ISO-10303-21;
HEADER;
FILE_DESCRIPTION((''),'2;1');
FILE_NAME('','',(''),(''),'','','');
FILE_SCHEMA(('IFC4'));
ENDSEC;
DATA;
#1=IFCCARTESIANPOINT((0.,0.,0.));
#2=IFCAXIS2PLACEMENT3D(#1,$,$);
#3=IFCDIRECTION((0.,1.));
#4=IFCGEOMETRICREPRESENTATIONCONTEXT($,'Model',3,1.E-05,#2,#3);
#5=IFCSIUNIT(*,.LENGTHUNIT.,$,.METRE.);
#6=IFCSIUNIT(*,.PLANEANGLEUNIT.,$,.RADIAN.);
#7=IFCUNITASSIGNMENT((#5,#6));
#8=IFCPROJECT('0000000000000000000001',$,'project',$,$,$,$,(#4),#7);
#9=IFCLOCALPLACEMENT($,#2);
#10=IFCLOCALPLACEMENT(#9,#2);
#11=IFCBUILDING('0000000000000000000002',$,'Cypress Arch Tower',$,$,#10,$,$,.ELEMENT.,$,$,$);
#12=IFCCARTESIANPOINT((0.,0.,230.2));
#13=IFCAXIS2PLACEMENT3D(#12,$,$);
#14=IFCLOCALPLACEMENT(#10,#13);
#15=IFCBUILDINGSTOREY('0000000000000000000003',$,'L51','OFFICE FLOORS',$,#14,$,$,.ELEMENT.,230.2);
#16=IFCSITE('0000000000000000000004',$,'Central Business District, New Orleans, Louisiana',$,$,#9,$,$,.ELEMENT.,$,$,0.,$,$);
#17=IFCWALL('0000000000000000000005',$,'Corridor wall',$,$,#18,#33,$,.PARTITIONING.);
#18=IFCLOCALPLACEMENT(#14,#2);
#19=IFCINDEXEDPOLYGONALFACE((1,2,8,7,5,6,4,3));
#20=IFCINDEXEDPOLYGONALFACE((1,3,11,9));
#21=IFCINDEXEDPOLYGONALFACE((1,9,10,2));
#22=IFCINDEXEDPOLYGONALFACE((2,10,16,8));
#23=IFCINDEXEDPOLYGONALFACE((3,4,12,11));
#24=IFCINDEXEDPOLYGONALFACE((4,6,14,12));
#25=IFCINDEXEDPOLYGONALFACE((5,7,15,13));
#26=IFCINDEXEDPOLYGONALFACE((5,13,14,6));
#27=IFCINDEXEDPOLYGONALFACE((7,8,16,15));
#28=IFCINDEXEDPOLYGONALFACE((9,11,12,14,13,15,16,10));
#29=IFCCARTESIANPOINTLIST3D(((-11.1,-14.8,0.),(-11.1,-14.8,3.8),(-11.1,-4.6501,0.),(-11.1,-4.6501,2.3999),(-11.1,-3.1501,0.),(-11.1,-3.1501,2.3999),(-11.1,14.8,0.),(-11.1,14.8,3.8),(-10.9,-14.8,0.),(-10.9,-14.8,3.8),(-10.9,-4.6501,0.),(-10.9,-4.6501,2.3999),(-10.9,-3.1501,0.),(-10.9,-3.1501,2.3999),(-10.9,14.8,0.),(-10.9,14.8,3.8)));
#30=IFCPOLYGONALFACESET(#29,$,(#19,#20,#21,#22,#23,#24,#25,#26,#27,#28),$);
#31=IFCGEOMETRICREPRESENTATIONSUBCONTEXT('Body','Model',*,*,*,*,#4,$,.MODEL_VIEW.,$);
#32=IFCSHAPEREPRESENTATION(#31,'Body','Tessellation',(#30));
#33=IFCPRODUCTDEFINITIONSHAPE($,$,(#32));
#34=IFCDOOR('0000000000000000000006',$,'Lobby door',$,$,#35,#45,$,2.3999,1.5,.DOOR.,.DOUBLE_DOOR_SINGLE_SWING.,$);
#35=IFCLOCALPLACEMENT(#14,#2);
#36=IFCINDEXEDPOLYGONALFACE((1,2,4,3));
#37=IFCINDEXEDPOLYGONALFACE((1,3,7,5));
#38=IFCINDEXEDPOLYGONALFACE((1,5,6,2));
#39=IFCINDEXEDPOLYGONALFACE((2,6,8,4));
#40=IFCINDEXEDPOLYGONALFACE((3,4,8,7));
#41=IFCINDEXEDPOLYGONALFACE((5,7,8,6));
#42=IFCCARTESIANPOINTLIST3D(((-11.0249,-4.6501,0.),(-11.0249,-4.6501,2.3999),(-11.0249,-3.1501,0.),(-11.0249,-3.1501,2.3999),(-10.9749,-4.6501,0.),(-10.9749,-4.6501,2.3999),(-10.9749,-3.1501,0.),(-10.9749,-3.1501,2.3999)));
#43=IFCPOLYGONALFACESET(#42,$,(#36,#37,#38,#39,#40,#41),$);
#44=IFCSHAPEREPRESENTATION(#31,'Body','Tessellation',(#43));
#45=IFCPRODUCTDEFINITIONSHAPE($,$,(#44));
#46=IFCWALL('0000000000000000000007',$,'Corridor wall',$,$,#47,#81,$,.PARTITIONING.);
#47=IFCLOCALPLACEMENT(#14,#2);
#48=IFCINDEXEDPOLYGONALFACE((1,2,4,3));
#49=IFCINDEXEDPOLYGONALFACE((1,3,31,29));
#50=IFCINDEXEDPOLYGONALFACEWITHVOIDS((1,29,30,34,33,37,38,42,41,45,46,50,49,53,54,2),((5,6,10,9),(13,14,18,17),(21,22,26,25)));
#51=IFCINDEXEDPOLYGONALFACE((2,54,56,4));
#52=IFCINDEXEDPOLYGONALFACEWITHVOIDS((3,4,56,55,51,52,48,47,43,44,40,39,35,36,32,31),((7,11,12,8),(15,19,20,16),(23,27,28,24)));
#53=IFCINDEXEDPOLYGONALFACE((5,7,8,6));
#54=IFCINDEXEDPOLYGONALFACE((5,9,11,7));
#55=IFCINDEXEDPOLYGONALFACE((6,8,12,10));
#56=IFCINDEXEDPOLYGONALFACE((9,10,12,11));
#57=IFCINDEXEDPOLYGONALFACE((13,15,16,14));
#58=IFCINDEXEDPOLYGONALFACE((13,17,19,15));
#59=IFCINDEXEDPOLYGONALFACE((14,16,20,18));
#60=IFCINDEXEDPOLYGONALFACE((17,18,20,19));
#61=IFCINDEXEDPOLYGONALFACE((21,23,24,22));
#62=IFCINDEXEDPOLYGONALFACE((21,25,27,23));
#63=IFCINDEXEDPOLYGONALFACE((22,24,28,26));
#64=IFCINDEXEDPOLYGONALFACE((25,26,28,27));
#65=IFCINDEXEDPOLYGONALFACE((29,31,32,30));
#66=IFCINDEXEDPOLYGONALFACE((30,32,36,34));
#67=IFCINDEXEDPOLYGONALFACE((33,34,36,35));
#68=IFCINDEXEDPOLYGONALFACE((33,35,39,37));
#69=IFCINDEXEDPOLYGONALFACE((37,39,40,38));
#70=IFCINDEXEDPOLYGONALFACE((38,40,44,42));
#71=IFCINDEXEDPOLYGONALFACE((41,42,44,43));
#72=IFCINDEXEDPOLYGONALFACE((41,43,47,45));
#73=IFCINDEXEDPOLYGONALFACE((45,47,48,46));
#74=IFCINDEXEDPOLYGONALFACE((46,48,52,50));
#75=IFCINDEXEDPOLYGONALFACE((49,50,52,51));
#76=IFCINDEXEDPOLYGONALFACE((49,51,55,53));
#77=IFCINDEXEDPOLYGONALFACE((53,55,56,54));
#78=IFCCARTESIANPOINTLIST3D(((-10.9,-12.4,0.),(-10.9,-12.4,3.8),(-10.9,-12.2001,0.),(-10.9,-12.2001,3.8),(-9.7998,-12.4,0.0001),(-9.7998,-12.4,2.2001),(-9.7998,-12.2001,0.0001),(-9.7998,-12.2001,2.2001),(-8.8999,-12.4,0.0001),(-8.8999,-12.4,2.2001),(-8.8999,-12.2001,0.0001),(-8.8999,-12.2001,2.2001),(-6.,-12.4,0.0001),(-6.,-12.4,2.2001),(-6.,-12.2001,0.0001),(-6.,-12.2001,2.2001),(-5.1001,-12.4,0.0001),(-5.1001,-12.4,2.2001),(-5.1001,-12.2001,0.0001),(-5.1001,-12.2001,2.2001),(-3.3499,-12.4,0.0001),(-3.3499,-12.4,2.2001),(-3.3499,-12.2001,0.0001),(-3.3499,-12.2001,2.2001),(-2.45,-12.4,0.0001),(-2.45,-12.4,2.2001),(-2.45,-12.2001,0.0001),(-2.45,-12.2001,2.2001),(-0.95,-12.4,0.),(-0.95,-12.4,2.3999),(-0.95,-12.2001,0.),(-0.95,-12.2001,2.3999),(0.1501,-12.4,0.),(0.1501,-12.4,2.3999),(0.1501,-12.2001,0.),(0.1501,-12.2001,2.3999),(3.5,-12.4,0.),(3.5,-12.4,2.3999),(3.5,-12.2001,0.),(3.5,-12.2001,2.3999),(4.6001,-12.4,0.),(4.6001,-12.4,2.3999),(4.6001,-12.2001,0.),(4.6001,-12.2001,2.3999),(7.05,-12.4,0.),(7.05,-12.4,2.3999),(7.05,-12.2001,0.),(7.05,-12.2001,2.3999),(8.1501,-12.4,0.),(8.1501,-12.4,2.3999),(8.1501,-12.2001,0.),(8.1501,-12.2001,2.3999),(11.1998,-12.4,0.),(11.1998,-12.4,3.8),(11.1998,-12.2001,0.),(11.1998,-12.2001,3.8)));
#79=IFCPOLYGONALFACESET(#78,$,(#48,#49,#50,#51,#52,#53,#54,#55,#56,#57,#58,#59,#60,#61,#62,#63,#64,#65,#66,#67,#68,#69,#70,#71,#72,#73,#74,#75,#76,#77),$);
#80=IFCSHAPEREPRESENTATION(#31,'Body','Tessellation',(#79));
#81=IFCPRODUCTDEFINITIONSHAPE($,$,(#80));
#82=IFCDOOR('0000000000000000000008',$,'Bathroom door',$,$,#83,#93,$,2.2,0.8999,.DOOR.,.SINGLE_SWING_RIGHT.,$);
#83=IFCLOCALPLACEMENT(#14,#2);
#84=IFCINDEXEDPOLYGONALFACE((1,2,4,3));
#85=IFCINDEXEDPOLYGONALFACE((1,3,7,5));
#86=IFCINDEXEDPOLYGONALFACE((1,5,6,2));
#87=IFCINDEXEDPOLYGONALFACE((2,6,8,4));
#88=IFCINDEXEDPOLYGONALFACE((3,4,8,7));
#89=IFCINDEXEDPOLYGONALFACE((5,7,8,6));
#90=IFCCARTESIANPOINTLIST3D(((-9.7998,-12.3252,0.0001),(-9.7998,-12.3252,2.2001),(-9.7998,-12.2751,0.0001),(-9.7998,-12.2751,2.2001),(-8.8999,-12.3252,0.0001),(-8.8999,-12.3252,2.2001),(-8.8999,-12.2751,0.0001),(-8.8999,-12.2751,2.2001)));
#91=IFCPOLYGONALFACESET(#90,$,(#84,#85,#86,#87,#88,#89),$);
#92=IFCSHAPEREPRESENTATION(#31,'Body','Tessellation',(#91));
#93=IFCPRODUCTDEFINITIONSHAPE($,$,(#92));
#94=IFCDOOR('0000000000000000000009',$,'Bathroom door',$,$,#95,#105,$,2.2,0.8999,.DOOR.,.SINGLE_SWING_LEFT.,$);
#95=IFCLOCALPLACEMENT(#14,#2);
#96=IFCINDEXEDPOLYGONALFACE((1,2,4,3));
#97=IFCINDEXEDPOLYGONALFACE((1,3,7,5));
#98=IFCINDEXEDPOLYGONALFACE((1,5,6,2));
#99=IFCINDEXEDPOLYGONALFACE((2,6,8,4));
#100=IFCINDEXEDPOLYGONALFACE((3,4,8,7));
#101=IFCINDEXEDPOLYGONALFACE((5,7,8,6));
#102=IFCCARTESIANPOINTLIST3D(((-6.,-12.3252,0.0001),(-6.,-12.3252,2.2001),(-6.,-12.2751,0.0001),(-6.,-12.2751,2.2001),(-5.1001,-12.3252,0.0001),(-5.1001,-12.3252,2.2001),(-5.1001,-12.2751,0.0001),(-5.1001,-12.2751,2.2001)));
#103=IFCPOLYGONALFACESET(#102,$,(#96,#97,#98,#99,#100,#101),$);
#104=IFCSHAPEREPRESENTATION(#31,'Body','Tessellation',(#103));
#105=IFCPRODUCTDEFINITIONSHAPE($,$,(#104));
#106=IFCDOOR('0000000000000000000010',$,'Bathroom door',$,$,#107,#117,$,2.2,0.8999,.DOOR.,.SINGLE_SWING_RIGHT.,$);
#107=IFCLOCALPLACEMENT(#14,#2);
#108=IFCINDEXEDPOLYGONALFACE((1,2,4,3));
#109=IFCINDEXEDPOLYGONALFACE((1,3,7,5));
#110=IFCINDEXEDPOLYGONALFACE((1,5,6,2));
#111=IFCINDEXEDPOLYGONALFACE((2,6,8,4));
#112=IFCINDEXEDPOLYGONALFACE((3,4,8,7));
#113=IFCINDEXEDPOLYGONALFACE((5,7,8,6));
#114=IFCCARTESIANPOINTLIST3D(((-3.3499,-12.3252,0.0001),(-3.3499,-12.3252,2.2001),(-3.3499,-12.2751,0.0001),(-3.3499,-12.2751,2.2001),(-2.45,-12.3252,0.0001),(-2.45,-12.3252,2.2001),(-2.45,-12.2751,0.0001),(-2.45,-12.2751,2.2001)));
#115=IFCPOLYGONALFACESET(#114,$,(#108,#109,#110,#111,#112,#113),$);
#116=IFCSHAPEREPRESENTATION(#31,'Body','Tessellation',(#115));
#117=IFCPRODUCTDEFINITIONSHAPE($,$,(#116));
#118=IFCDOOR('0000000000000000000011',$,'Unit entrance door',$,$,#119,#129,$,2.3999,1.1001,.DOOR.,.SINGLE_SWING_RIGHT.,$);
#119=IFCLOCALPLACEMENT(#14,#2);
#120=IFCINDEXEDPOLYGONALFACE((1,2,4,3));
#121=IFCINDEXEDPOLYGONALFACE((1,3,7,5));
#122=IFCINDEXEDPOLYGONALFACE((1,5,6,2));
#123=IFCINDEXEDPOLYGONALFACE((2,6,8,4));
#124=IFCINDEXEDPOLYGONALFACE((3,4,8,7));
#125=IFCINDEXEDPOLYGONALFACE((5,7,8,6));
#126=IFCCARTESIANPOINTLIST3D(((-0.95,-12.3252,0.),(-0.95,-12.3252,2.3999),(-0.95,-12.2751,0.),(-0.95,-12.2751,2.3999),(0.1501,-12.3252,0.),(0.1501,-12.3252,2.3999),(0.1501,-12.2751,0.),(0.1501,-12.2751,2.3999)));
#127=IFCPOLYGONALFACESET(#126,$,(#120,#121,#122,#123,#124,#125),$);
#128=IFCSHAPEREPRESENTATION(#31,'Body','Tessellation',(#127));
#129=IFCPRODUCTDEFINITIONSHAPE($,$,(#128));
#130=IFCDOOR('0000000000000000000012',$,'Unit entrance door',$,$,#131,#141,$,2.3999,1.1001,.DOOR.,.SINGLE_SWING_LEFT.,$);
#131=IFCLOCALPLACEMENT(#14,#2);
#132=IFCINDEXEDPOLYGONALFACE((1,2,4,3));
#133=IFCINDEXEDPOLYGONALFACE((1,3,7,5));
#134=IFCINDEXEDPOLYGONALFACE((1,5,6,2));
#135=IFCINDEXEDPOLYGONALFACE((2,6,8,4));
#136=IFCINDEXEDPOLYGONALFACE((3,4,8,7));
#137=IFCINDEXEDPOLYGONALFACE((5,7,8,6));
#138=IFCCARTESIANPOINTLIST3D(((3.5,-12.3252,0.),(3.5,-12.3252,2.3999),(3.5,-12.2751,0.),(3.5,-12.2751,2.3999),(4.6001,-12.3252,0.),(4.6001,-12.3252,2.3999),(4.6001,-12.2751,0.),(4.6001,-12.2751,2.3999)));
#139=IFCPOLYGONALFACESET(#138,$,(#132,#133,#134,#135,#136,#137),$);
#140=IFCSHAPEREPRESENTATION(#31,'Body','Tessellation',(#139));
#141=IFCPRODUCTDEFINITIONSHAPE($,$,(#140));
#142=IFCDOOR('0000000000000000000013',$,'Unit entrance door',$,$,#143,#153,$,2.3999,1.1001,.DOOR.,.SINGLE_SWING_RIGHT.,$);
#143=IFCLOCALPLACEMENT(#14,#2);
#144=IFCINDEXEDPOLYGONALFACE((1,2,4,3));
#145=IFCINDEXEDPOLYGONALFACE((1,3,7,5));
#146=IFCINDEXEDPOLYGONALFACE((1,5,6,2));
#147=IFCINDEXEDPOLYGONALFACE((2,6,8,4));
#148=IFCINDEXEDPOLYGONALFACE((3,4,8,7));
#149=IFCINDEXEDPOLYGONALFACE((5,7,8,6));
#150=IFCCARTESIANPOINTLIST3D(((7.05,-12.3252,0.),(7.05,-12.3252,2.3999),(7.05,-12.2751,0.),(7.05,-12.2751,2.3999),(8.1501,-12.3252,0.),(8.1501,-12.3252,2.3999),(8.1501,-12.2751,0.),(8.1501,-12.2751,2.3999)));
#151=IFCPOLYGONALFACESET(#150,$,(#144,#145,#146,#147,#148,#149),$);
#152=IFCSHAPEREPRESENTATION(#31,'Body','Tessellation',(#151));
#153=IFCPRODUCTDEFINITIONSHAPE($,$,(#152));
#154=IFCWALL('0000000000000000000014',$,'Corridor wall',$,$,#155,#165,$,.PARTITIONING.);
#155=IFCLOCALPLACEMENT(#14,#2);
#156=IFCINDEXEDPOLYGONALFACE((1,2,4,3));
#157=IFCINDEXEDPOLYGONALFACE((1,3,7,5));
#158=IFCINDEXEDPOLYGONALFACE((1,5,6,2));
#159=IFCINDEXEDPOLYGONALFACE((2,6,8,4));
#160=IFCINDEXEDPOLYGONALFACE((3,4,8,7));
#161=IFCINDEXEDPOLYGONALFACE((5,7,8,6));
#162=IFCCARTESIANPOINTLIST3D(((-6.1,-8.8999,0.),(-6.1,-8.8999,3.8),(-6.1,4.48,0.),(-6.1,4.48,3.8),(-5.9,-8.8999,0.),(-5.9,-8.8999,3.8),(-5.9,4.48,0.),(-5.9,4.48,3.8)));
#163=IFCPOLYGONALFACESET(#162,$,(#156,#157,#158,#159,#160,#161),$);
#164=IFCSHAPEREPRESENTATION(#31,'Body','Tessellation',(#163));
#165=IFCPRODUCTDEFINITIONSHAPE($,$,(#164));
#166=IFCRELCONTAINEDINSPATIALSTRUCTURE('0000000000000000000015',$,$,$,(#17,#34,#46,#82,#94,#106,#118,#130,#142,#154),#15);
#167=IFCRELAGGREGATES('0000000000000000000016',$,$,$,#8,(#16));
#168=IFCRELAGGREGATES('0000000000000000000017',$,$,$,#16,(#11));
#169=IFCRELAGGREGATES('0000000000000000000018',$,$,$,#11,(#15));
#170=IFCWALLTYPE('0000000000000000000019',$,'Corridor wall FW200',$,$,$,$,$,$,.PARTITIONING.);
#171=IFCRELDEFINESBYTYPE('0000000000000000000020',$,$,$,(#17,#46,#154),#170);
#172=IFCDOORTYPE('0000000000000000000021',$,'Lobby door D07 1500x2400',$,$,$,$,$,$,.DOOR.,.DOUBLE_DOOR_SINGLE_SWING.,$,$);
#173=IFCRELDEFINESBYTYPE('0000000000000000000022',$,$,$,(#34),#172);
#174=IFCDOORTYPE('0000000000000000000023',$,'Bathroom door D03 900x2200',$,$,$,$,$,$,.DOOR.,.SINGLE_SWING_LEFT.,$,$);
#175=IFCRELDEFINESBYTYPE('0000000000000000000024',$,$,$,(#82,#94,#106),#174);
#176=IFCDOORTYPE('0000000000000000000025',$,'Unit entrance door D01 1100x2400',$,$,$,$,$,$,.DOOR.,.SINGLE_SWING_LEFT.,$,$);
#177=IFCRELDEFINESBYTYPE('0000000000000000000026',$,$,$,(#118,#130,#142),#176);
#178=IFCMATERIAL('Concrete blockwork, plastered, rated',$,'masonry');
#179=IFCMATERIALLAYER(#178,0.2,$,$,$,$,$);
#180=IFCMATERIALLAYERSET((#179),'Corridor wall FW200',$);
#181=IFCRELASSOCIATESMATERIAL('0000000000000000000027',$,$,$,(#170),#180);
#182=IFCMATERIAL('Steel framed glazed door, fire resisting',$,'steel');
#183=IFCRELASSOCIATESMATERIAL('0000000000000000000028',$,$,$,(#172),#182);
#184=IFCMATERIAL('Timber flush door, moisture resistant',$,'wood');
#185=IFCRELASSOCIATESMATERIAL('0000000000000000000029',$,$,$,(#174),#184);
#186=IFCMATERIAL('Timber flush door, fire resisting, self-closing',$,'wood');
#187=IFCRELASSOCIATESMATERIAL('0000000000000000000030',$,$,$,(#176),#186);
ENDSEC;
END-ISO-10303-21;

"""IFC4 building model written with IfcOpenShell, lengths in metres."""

from ifc_helpers import new_model, si_unit, direction, frame, frame_2d, origin, place, context, subcontext, project, spatial, rectangle, extrude, material, layer, layer_set, type_object, element, fill, save


model = new_model("IFC4")

# Units and contexts
model_context = context("Model", 3, precision=1e-05, world=origin(), true_north=direction((0.0, 1.0)))
body_context = subcontext(model_context, "Body", "Model", "MODEL_VIEW")
ifc_project = project(units=[si_unit("LENGTHUNIT", "METRE"), si_unit("PLANEANGLEUNIT", "RADIAN")], contexts=[model_context])

# Site, building, storey
site_placement = place(None, origin())
site = spatial("IfcSite", under=ifc_project, at=site_placement, Name="Central Business District, New Orleans, Louisiana", CompositionType="ELEMENT", RefElevation=0.0)
building_placement = place(site_placement, origin())
building = spatial("IfcBuilding", under=site, at=building_placement, Name="Cypress Arch Tower", CompositionType="ELEMENT")
storey_placement = place(building_placement, frame((0.0, 0.0, 230.2)))
storey = spatial("IfcBuildingStorey", under=building, at=storey_placement, Name="L51", Description="OFFICE FLOORS", CompositionType="ELEMENT", Elevation=230.2)

# Wall, opening, door
ifc_material_1 = material(Name="Concrete blockwork, plastered, rated", Category="masonry")
ifc_layer = layer(ifc_material_1, 0.2)
ifc_layer_set = layer_set([ifc_layer], Name="Corridor wall FW200")
wall_type = type_object("IfcWallType", Name="Corridor wall FW200", PredefinedType="PARTITIONING", material=ifc_layer_set)
wall_1_placement = place(storey_placement, frame((-11.0, -14.8, 0.0), z_axis=(0.0, 0.0, 1.0), x_axis=(0.0, 1.0, 0.0)))
wall_1 = element("IfcWall", 1, at=wall_1_placement, inside=storey, type_object=wall_type, Name="Corridor wall", PredefinedType="PARTITIONING", context=body_context, shape_type="SweptSolid", body=[
    extrude(rectangle(XDim=29.6001, YDim=0.2, at=frame_2d((14.8, 0.0))), origin(), (0.0, 0.0, 1.0), 3.8),
])
opening_1_placement = place(wall_1_placement, frame((10.1499, 0.0, 0.0)))
opening_1 = element("IfcOpeningElement", 2, at=opening_1_placement, cuts=wall_1, PredefinedType="OPENING", context=body_context, shape_type="SweptSolid", body=[
    extrude(rectangle(XDim=1.5, YDim=2.3999, at=frame_2d((0.75, 1.2))), frame((0.0, 0.1099, 0.0), z_axis=(0.0, -1.0, 0.0), x_axis=(1.0, 0.0, 0.0)), (0.0, 0.0, 1.0), 0.22),
])
ifc_material_2 = material(Name="Steel framed glazed door, fire resisting", Category="steel")
door_type_1 = type_object("IfcDoorType", Name="Lobby door D07 1500x2400", OperationType="DOUBLE_DOOR_SINGLE_SWING", PredefinedType="DOOR", material=ifc_material_2)
door_1_placement = place(opening_1_placement, origin())
door_1 = element("IfcDoor", 3, at=door_1_placement, inside=storey, type_object=door_type_1, Name="Lobby door", OperationType="DOUBLE_DOOR_SINGLE_SWING", OverallHeight=2.3999, OverallWidth=1.5, PredefinedType="DOOR", context=body_context, shape_type="SweptSolid", body=[
    extrude(rectangle(XDim=1.5, YDim=2.3999, at=frame_2d((0.75, 1.2))), frame((0.0, 0.0249, 0.0), z_axis=(0.0, -1.0, 0.0), x_axis=(1.0, 0.0, 0.0)), (0.0, 0.0, 1.0), 0.05),
])
fill(opening_1, door_1)

# Wall, openings, doors
wall_2_placement = place(storey_placement, frame((-10.8999, -12.3, 0.0), z_axis=(0.0, 0.0, 1.0), x_axis=(1.0, 0.0, 0.0)))
wall_2 = element("IfcWall", 4, at=wall_2_placement, inside=storey, type_object=wall_type, Name="Corridor wall", PredefinedType="PARTITIONING", context=body_context, shape_type="SweptSolid", body=[
    extrude(rectangle(XDim=22.0999, YDim=0.2, at=frame_2d((11.0498, 0.0))), origin(), (0.0, 0.0, 1.0), 3.8),
])
opening_2_placement = place(wall_2_placement, frame((1.1001, 0.0, 0.0)))
opening_2 = element("IfcOpeningElement", 5, at=opening_2_placement, cuts=wall_2, PredefinedType="OPENING", context=body_context, shape_type="SweptSolid", body=[
    extrude(rectangle(XDim=0.8999, YDim=2.2, at=frame_2d((0.45, 1.1001))), frame((0.0, 0.1099, 0.0), z_axis=(0.0, -1.0, 0.0), x_axis=(1.0, 0.0, 0.0)), (0.0, 0.0, 1.0), 0.22),
])
opening_3_placement = place(wall_2_placement, frame((4.8999, 0.0, 0.0)))
opening_3 = element("IfcOpeningElement", 6, at=opening_3_placement, cuts=wall_2, PredefinedType="OPENING", context=body_context, shape_type="SweptSolid", body=[
    extrude(rectangle(XDim=0.8999, YDim=2.2, at=frame_2d((0.45, 1.1001))), frame((0.0, 0.1099, 0.0), z_axis=(0.0, -1.0, 0.0), x_axis=(1.0, 0.0, 0.0)), (0.0, 0.0, 1.0), 0.22),
])
opening_4_placement = place(wall_2_placement, frame((7.55, 0.0, 0.0)))
opening_4 = element("IfcOpeningElement", 7, at=opening_4_placement, cuts=wall_2, PredefinedType="OPENING", context=body_context, shape_type="SweptSolid", body=[
    extrude(rectangle(XDim=0.8999, YDim=2.2, at=frame_2d((0.45, 1.1001))), frame((0.0, 0.1099, 0.0), z_axis=(0.0, -1.0, 0.0), x_axis=(1.0, 0.0, 0.0)), (0.0, 0.0, 1.0), 0.22),
])
opening_5_placement = place(wall_2_placement, frame((9.95, 0.0, 0.0)))
opening_5 = element("IfcOpeningElement", 8, at=opening_5_placement, cuts=wall_2, PredefinedType="OPENING", context=body_context, shape_type="SweptSolid", body=[
    extrude(rectangle(XDim=1.1001, YDim=2.3999, at=frame_2d((0.55, 1.2))), frame((0.0, 0.1099, 0.0), z_axis=(0.0, -1.0, 0.0), x_axis=(1.0, 0.0, 0.0)), (0.0, 0.0, 1.0), 0.22),
])
opening_6_placement = place(wall_2_placement, frame((14.3999, 0.0, 0.0)))
opening_6 = element("IfcOpeningElement", 9, at=opening_6_placement, cuts=wall_2, PredefinedType="OPENING", context=body_context, shape_type="SweptSolid", body=[
    extrude(rectangle(XDim=1.1001, YDim=2.3999, at=frame_2d((0.55, 1.2))), frame((0.0, 0.1099, 0.0), z_axis=(0.0, -1.0, 0.0), x_axis=(1.0, 0.0, 0.0)), (0.0, 0.0, 1.0), 0.22),
])
opening_7_placement = place(wall_2_placement, frame((17.95, 0.0, 0.0)))
opening_7 = element("IfcOpeningElement", 10, at=opening_7_placement, cuts=wall_2, PredefinedType="OPENING", context=body_context, shape_type="SweptSolid", body=[
    extrude(rectangle(XDim=1.1001, YDim=2.3999, at=frame_2d((0.55, 1.2))), frame((0.0, 0.1099, 0.0), z_axis=(0.0, -1.0, 0.0), x_axis=(1.0, 0.0, 0.0)), (0.0, 0.0, 1.0), 0.22),
])
ifc_material_3 = material(Name="Timber flush door, moisture resistant", Category="wood")
door_type_2 = type_object("IfcDoorType", Name="Bathroom door D03 900x2200", OperationType="SINGLE_SWING_LEFT", PredefinedType="DOOR", material=ifc_material_3)
door_2_placement = place(opening_2_placement, origin())
door_2 = element("IfcDoor", 11, at=door_2_placement, inside=storey, type_object=door_type_2, Name="Bathroom door", OperationType="SINGLE_SWING_RIGHT", OverallHeight=2.2, OverallWidth=0.8999, PredefinedType="DOOR", context=body_context, shape_type="SweptSolid", body=[
    extrude(rectangle(XDim=0.8999, YDim=2.2, at=frame_2d((0.45, 1.1001))), frame((0.0, 0.0249, 0.0), z_axis=(0.0, -1.0, 0.0), x_axis=(1.0, 0.0, 0.0)), (0.0, 0.0, 1.0), 0.05),
])
fill(opening_2, door_2)
door_3_placement = place(opening_3_placement, origin())
door_3 = element("IfcDoor", 12, at=door_3_placement, inside=storey, type_object=door_type_2, Name="Bathroom door", OperationType="SINGLE_SWING_LEFT", OverallHeight=2.2, OverallWidth=0.8999, PredefinedType="DOOR", context=body_context, shape_type="SweptSolid", body=[
    extrude(rectangle(XDim=0.8999, YDim=2.2, at=frame_2d((0.45, 1.1001))), frame((0.0, 0.0249, 0.0), z_axis=(0.0, -1.0, 0.0), x_axis=(1.0, 0.0, 0.0)), (0.0, 0.0, 1.0), 0.05),
])
fill(opening_3, door_3)
door_4_placement = place(opening_4_placement, origin())
door_4 = element("IfcDoor", 13, at=door_4_placement, inside=storey, type_object=door_type_2, Name="Bathroom door", OperationType="SINGLE_SWING_RIGHT", OverallHeight=2.2, OverallWidth=0.8999, PredefinedType="DOOR", context=body_context, shape_type="SweptSolid", body=[
    extrude(rectangle(XDim=0.8999, YDim=2.2, at=frame_2d((0.45, 1.1001))), frame((0.0, 0.0249, 0.0), z_axis=(0.0, -1.0, 0.0), x_axis=(1.0, 0.0, 0.0)), (0.0, 0.0, 1.0), 0.05),
])
fill(opening_4, door_4)
ifc_material_4 = material(Name="Timber flush door, fire resisting, self-closing", Category="wood")
door_type_3 = type_object("IfcDoorType", Name="Unit entrance door D01 1100x2400", OperationType="SINGLE_SWING_LEFT", PredefinedType="DOOR", material=ifc_material_4)
door_5_placement = place(opening_5_placement, origin())
door_5 = element("IfcDoor", 14, at=door_5_placement, inside=storey, type_object=door_type_3, Name="Unit entrance door", OperationType="SINGLE_SWING_RIGHT", OverallHeight=2.3999, OverallWidth=1.1001, PredefinedType="DOOR", context=body_context, shape_type="SweptSolid", body=[
    extrude(rectangle(XDim=1.1001, YDim=2.3999, at=frame_2d((0.55, 1.2))), frame((0.0, 0.0249, 0.0), z_axis=(0.0, -1.0, 0.0), x_axis=(1.0, 0.0, 0.0)), (0.0, 0.0, 1.0), 0.05),
])
fill(opening_5, door_5)
door_6_placement = place(opening_6_placement, origin())
door_6 = element("IfcDoor", 15, at=door_6_placement, inside=storey, type_object=door_type_3, Name="Unit entrance door", OperationType="SINGLE_SWING_LEFT", OverallHeight=2.3999, OverallWidth=1.1001, PredefinedType="DOOR", context=body_context, shape_type="SweptSolid", body=[
    extrude(rectangle(XDim=1.1001, YDim=2.3999, at=frame_2d((0.55, 1.2))), frame((0.0, 0.0249, 0.0), z_axis=(0.0, -1.0, 0.0), x_axis=(1.0, 0.0, 0.0)), (0.0, 0.0, 1.0), 0.05),
])
fill(opening_6, door_6)
door_7_placement = place(opening_7_placement, origin())
door_7 = element("IfcDoor", 16, at=door_7_placement, inside=storey, type_object=door_type_3, Name="Unit entrance door", OperationType="SINGLE_SWING_RIGHT", OverallHeight=2.3999, OverallWidth=1.1001, PredefinedType="DOOR", context=body_context, shape_type="SweptSolid", body=[
    extrude(rectangle(XDim=1.1001, YDim=2.3999, at=frame_2d((0.55, 1.2))), frame((0.0, 0.0249, 0.0), z_axis=(0.0, -1.0, 0.0), x_axis=(1.0, 0.0, 0.0)), (0.0, 0.0, 1.0), 0.05),
])
fill(opening_7, door_7)

# Wall
wall_3_placement = place(storey_placement, frame((-6.0, -8.8999, 0.0), z_axis=(0.0, 0.0, 1.0), x_axis=(0.0, 1.0, 0.0)))
element("IfcWall", 17, at=wall_3_placement, inside=storey, type_object=wall_type, Name="Corridor wall", PredefinedType="PARTITIONING", context=body_context, shape_type="SweptSolid", body=[
    extrude(rectangle(XDim=13.3799, YDim=0.2, at=frame_2d((6.6899, 0.0))), origin(), (0.0, 0.0, 1.0), 3.8),
])

save(model, "model.ifc")
